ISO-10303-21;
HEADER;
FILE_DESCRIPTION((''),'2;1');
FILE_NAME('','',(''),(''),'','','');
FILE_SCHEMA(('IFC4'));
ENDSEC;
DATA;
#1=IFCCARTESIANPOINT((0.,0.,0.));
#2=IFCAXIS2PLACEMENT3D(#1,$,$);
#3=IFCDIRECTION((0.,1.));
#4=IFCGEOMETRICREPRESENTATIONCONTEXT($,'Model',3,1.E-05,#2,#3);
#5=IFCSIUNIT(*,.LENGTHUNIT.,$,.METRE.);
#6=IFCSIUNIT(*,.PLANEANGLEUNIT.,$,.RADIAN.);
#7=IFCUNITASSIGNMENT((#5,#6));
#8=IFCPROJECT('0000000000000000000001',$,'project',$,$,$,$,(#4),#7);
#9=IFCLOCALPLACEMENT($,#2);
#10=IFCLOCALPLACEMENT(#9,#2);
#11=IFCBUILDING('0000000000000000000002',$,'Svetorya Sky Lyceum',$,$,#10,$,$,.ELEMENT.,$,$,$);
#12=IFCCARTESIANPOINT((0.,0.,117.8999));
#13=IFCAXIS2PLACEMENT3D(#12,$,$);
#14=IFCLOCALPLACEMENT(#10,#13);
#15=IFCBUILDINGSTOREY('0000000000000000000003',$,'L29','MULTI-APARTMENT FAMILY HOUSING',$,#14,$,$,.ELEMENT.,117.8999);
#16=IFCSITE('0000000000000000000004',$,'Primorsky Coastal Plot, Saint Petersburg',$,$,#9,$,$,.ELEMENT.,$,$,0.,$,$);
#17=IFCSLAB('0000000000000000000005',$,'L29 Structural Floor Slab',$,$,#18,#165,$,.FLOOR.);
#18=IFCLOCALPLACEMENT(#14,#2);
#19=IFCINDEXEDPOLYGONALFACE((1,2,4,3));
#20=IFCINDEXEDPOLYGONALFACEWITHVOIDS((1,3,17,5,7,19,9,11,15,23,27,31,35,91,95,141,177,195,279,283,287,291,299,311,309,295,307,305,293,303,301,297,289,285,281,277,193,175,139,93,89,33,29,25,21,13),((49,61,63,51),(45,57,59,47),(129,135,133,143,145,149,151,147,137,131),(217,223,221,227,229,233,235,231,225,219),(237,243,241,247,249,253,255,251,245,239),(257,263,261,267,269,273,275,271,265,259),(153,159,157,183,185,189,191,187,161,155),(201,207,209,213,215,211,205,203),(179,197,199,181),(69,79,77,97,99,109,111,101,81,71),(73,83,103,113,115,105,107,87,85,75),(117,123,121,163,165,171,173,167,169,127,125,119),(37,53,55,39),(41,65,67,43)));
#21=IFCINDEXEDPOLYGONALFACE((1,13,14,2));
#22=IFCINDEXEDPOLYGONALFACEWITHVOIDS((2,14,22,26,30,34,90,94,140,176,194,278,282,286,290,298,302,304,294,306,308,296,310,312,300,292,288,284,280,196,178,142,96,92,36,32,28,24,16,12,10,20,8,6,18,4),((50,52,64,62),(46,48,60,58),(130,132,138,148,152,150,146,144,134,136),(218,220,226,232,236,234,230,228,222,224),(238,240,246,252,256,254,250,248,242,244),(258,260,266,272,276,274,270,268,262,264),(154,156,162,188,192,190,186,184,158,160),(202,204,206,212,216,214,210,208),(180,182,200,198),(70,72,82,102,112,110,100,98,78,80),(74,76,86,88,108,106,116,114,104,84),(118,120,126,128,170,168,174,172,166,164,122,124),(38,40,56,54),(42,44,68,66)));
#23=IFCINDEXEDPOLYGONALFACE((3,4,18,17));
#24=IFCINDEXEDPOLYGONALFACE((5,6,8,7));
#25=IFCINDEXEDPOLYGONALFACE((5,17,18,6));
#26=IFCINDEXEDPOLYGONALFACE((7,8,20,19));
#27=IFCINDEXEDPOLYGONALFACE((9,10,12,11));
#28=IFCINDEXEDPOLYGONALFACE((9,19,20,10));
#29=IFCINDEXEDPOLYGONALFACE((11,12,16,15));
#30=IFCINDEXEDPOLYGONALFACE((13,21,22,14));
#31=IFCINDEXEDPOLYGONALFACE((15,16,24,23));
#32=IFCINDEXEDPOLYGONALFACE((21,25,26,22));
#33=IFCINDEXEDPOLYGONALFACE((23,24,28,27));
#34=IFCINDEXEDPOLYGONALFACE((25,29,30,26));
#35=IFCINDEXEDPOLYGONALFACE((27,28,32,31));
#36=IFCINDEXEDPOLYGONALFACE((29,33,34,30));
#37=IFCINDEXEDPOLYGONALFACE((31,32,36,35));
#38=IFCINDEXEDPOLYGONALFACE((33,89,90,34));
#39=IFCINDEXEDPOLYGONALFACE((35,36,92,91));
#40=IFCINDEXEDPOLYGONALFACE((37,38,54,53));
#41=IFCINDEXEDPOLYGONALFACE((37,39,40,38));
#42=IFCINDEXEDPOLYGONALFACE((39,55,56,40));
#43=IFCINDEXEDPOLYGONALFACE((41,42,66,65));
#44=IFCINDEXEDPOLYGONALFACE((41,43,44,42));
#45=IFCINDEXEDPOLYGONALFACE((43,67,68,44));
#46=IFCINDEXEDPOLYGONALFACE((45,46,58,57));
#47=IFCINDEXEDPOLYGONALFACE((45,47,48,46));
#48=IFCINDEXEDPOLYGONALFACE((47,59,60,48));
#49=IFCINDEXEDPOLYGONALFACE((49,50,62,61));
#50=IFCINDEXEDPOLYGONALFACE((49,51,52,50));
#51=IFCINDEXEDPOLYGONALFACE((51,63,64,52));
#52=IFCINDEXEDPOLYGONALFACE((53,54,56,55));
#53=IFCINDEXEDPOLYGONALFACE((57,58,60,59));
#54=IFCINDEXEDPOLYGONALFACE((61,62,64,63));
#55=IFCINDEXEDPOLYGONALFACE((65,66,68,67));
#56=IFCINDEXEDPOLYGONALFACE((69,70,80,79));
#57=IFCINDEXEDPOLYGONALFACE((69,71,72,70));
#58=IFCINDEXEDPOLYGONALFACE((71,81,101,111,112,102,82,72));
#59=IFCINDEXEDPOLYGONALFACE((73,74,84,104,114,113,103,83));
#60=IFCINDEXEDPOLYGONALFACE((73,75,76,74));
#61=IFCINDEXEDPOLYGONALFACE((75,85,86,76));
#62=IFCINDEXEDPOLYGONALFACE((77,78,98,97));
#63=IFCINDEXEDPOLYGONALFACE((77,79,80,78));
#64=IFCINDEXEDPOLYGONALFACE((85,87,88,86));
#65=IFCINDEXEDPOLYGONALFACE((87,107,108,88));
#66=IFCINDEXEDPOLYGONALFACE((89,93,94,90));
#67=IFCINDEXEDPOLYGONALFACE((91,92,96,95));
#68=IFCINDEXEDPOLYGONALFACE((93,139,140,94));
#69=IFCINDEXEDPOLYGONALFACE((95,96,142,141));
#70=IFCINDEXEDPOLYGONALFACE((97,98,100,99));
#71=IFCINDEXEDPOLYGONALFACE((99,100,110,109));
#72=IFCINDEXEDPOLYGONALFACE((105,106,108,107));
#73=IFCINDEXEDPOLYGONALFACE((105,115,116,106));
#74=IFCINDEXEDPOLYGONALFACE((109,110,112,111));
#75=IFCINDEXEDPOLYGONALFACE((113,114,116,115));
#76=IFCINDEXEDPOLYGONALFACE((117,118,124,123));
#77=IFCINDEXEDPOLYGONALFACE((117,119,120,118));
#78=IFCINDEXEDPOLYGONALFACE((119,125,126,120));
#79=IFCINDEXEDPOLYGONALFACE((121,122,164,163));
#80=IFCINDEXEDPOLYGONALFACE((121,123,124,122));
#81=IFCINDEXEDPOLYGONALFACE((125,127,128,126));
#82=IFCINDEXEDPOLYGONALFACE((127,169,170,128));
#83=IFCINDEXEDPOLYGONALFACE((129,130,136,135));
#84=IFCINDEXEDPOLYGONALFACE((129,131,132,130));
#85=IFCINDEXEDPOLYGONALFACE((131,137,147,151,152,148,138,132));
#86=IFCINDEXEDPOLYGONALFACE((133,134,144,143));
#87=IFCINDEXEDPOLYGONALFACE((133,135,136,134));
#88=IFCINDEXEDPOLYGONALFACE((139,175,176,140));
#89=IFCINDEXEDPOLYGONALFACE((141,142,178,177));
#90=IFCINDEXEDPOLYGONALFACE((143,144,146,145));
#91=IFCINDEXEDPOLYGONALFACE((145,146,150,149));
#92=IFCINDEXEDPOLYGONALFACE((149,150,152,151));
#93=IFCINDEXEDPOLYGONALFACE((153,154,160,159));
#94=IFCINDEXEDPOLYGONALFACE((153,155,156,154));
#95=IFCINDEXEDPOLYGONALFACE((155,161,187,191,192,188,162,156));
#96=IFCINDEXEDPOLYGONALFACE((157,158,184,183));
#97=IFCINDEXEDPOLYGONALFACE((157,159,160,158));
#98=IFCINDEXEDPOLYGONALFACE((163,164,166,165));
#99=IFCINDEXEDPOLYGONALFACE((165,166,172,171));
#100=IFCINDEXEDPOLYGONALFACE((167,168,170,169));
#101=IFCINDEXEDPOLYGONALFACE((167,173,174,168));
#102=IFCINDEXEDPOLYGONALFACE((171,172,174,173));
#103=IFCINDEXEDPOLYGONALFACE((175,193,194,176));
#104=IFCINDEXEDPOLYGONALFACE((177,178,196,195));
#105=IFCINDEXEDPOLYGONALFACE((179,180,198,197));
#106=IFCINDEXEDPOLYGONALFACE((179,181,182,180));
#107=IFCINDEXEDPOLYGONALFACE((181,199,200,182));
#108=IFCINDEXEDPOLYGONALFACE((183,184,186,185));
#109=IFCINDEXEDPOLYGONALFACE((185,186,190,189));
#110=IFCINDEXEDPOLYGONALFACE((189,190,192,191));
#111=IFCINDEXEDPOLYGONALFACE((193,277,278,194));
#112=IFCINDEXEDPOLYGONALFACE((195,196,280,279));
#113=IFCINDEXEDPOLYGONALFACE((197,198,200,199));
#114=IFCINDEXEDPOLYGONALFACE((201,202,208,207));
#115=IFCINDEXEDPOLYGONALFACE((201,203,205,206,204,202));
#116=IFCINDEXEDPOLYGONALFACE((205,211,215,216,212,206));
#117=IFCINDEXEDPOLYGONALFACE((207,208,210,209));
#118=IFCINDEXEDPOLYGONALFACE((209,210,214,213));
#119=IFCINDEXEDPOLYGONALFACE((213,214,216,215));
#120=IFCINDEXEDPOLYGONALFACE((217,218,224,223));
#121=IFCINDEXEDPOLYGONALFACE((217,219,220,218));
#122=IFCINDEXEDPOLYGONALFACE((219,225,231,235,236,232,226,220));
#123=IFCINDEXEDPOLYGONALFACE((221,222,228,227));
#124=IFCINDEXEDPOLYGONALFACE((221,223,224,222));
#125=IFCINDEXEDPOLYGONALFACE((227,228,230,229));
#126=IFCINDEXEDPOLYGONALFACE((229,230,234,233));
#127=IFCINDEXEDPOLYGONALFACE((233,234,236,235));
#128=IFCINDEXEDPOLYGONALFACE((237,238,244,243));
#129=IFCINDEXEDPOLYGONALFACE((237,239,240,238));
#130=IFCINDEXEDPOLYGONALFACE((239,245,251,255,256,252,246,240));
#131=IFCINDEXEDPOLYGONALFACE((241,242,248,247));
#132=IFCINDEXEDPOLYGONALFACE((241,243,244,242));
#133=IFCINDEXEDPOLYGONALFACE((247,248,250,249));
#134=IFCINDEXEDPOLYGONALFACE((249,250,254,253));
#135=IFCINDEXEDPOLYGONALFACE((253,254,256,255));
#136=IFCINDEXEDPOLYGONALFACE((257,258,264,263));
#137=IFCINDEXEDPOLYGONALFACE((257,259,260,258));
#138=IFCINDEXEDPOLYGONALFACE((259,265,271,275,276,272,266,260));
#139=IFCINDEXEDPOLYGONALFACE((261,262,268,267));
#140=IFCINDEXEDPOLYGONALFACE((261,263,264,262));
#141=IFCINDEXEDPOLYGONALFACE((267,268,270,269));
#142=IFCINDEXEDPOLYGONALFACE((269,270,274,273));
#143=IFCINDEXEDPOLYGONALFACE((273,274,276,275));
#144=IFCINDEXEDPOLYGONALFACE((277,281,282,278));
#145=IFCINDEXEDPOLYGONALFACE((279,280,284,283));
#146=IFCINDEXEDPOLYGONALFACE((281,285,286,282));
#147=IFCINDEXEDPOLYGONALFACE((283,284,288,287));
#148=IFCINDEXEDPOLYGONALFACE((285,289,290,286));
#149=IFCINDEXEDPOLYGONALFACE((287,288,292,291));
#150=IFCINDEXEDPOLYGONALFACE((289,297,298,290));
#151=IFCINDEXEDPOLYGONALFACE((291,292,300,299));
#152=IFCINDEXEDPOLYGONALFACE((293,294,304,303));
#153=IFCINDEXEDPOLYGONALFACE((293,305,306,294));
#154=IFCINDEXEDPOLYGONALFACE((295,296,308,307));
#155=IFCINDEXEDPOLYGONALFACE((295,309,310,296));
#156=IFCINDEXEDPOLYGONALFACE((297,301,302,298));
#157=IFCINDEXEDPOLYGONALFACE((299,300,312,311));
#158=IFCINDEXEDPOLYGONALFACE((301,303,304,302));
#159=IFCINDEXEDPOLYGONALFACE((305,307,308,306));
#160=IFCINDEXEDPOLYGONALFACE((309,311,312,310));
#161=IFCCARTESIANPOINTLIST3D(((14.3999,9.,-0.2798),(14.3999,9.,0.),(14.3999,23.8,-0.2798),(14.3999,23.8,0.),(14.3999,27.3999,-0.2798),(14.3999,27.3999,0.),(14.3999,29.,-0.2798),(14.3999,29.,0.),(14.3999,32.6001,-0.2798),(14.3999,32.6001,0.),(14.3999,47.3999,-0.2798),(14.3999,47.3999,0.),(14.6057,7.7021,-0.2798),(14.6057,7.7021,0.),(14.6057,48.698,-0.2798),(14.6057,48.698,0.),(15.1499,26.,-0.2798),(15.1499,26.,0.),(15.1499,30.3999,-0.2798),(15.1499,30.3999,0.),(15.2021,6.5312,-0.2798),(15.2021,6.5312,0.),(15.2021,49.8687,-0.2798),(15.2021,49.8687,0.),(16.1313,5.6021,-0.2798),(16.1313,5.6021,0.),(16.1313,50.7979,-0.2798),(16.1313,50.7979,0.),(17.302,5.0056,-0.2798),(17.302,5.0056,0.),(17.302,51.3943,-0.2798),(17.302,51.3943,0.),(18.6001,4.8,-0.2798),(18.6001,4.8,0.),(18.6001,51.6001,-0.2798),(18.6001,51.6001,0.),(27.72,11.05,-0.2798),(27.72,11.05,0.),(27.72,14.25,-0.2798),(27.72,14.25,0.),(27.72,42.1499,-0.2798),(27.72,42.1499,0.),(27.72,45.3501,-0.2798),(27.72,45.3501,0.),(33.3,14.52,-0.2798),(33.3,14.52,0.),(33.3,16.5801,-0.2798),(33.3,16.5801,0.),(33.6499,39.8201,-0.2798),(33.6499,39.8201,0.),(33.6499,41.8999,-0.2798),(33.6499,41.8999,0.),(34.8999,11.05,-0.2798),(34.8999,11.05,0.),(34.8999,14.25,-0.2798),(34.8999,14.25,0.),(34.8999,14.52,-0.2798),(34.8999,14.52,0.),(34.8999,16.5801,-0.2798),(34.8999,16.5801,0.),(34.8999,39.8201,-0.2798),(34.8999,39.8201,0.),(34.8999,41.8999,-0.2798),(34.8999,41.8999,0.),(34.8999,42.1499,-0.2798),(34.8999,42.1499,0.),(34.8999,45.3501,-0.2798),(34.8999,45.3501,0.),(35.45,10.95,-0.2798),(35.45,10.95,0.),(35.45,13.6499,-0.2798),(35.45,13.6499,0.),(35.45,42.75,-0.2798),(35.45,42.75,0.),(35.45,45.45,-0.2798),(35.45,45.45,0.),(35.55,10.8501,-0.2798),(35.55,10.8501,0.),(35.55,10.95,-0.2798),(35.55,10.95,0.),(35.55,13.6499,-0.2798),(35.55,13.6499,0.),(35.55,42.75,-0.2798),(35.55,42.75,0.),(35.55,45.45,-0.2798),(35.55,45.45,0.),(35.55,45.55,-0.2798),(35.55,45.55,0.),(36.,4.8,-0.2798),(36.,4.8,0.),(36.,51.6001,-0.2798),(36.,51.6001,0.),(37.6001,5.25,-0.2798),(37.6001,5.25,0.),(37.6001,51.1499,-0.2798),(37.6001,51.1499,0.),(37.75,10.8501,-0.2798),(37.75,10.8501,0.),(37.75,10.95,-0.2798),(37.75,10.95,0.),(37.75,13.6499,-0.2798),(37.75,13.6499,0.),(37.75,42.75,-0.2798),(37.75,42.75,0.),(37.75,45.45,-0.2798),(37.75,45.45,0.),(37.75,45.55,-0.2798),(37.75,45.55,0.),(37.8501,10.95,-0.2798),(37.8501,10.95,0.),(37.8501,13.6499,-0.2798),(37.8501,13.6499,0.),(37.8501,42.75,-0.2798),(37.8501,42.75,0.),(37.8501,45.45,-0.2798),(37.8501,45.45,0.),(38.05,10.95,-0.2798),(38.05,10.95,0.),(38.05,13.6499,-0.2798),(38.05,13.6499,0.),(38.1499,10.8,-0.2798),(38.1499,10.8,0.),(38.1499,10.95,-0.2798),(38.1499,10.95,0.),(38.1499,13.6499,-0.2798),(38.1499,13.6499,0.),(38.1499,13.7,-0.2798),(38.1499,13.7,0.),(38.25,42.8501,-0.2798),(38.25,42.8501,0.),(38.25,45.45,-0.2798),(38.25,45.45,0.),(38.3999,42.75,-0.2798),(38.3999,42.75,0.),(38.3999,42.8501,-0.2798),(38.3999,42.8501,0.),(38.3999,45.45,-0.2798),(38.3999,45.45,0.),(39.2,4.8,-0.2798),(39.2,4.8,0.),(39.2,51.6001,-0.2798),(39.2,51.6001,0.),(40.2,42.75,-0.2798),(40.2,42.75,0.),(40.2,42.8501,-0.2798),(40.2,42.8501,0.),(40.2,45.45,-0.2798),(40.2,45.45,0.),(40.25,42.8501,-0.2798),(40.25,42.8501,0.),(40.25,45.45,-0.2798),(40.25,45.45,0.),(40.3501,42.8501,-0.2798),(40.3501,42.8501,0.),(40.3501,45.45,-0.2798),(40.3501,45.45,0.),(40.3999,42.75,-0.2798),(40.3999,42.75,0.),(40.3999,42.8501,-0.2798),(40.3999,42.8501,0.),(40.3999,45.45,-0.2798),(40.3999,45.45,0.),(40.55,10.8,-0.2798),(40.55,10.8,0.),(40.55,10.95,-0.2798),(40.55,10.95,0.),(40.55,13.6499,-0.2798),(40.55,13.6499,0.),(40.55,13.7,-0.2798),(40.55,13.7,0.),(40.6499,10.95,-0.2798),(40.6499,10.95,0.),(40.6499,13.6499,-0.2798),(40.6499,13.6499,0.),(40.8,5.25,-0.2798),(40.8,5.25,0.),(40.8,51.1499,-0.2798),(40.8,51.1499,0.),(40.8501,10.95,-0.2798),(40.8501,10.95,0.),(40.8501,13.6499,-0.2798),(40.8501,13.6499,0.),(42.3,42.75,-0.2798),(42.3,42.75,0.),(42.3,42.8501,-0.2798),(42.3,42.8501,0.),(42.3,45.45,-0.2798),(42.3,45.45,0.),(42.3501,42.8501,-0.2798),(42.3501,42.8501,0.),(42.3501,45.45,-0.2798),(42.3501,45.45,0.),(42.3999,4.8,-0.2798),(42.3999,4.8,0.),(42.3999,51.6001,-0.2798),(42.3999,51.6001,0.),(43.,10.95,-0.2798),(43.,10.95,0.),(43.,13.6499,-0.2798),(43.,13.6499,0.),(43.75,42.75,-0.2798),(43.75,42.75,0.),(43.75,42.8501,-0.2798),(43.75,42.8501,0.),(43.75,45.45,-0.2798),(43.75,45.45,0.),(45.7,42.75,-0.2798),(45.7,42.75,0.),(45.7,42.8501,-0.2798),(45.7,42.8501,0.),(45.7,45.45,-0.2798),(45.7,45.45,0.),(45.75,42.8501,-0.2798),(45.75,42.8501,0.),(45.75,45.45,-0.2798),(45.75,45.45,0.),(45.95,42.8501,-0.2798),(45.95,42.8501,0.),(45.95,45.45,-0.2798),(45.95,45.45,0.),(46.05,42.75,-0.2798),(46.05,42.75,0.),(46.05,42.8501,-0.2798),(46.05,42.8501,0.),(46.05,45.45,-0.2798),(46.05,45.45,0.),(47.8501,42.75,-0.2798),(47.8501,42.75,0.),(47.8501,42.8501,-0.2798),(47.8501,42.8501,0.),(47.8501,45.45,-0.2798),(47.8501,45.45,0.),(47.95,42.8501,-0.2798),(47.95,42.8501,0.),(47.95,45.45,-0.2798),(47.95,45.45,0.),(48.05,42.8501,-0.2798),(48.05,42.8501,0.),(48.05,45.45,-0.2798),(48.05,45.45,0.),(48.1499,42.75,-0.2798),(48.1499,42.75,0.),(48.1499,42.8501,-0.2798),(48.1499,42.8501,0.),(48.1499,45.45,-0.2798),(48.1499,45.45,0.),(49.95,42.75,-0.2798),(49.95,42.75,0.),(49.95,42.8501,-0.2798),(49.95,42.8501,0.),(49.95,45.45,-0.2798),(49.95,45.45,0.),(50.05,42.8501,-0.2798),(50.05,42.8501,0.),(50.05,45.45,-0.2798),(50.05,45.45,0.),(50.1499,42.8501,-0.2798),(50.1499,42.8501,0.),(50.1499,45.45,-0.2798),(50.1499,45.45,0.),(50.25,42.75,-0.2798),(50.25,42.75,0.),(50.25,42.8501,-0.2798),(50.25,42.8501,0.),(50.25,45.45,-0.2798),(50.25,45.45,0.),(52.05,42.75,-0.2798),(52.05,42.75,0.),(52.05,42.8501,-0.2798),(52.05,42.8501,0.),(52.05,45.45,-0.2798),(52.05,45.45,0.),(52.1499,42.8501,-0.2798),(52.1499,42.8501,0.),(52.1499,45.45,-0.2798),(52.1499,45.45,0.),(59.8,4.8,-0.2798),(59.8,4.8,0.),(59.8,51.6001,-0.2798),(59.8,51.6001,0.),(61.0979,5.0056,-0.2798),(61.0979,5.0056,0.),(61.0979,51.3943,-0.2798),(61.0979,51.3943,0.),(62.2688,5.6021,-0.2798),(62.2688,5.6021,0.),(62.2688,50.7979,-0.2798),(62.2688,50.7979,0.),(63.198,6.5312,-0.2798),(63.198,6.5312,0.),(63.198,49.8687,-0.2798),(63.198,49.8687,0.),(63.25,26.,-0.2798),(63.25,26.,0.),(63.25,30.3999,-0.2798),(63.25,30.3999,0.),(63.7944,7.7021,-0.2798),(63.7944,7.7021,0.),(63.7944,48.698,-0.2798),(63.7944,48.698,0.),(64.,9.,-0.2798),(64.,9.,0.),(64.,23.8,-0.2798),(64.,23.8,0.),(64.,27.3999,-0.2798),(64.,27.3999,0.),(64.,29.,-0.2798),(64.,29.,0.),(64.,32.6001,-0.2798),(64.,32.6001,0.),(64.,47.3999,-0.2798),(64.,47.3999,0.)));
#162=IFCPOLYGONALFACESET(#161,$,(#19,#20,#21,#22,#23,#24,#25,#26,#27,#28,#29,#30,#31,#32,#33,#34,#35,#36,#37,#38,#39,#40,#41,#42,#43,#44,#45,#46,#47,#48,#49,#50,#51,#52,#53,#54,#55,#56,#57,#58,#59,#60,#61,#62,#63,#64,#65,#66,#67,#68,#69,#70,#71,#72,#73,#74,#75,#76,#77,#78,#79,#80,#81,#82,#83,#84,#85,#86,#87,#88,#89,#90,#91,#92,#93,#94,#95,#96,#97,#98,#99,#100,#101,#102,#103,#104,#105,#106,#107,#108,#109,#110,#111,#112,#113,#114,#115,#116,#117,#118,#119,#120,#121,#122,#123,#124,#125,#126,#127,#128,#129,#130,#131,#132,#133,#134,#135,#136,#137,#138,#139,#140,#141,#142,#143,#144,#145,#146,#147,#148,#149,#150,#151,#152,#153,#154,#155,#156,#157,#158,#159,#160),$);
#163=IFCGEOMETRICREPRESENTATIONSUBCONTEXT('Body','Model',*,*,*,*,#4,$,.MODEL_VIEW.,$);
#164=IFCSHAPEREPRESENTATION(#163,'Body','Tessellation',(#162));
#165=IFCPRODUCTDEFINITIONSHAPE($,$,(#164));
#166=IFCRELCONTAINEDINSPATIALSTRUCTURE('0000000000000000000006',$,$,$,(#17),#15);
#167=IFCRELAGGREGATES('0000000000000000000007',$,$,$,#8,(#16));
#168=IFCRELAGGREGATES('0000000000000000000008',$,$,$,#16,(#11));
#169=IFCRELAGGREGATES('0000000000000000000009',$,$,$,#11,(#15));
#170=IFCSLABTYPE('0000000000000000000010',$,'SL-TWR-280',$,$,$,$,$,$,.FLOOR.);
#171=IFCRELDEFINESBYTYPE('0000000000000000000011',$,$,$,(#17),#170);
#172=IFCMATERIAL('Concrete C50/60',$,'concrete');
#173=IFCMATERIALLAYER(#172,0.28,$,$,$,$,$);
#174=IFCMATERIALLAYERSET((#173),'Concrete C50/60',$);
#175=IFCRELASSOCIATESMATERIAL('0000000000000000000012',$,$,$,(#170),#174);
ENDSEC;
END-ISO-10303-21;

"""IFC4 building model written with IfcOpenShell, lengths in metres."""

from ifc_helpers import new_model, si_unit, direction, frame, origin, place, context, subcontext, project, spatial, polyline, outline, extrude, material, layer, layer_set, type_object, element, save


model = new_model("IFC4")

# Units and contexts
model_context = context("Model", 3, precision=1e-05, world=origin(), true_north=direction((0.0, 1.0)))
body_context = subcontext(model_context, "Body", "Model", "MODEL_VIEW")
ifc_project = project(units=[si_unit("LENGTHUNIT", "METRE"), si_unit("PLANEANGLEUNIT", "RADIAN")], contexts=[model_context])

# Site, building, storey
site_placement = place(None, origin())
site = spatial("IfcSite", under=ifc_project, at=site_placement, Name="Primorsky Coastal Plot, Saint Petersburg", CompositionType="ELEMENT", RefElevation=0.0)
building_placement = place(site_placement, origin())
building = spatial("IfcBuilding", under=site, at=building_placement, Name="Svetorya Sky Lyceum", CompositionType="ELEMENT")
storey_placement = place(building_placement, frame((0.0, 0.0, 117.8999)))
storey = spatial("IfcBuildingStorey", under=building, at=storey_placement, Name="L29", Description="MULTI-APARTMENT FAMILY HOUSING", CompositionType="ELEMENT", Elevation=117.8999)

# Shared definitions
ifc_material_1 = material(Name="Concrete C50/60", Category="concrete")

# Slab
ifc_layer_1 = layer(ifc_material_1, 0.28)
ifc_layer_set_1 = layer_set([ifc_layer_1], Name="Concrete C50/60")
slab_type_1 = type_object("IfcSlabType", Name="SL-TWR-280", PredefinedType="FLOOR", material=ifc_layer_set_1)
slab_1_placement = place(storey_placement, frame((0.0, 0.0, -0.2798)))
element("IfcSlab", 1, at=slab_1_placement, inside=storey, type_object=slab_type_1, Name="L29 Structural Floor Slab", PredefinedType="FLOOR", context=body_context, shape_type="SweptSolid", body=[
    extrude(outline(polyline([(14.3999, 9.0), (14.6057, 7.7021), (15.2021, 6.5312), (16.1313, 5.6021), (17.302, 5.0056), (18.6001, 4.8), (36.0, 4.8), (37.6001, 5.25), (39.2, 4.8), (40.8, 5.25), (42.3999, 4.8), (59.8, 4.8), (61.0979, 5.0056), (62.2688, 5.6021), (63.198, 6.5312), (63.7944, 7.7021), (64.0, 9.0), (64.0, 23.8), (63.25, 26.0), (64.0, 27.3999), (64.0, 29.0), (63.25, 30.3999), (64.0, 32.6001), (64.0, 47.3999), (63.7944, 48.698), (63.198, 49.8687), (62.2688, 50.7979), (61.0979, 51.3943), (59.8, 51.6001), (42.3999, 51.6001), (40.8, 51.1499), (39.2, 51.6001), (37.6001, 51.1499), (36.0, 51.6001), (18.6001, 51.6001), (17.302, 51.3943), (16.1313, 50.7979), (15.2021, 49.8687), (14.6057, 48.698), (14.3999, 47.3999), (14.3999, 32.6001), (15.1499, 30.3999), (14.3999, 29.0), (14.3999, 27.3999), (15.1499, 26.0), (14.3999, 23.8), (14.3999, 9.0)]), holes=[polyline([(37.8501, 10.95), (37.75, 10.95), (37.75, 10.8501), (35.55, 10.8501), (35.55, 10.95), (35.45, 10.95), (35.45, 13.6499), (35.55, 13.6499), (37.75, 13.6499), (37.8501, 13.6499), (37.8501, 10.95)]), polyline([(40.6499, 13.6499), (40.6499, 10.95), (40.55, 10.95), (40.55, 10.8), (38.1499, 10.8), (38.1499, 10.95), (38.05, 10.95), (38.05, 13.6499), (38.1499, 13.6499), (38.1499, 13.7), (40.55, 13.7), (40.55, 13.6499), (40.6499, 13.6499)]), polyline([(27.72, 14.25), (34.8999, 14.25), (34.8999, 11.05), (27.72, 11.05), (27.72, 14.25)]), polyline([(33.3, 14.52), (33.3, 16.5801), (34.8999, 16.5801), (34.8999, 14.52), (33.3, 14.52)]), polyline([(33.6499, 41.8999), (34.8999, 41.8999), (34.8999, 39.8201), (33.6499, 39.8201), (33.6499, 41.8999)]), polyline([(27.72, 45.3501), (34.8999, 45.3501), (34.8999, 42.1499), (27.72, 42.1499), (27.72, 45.3501)]), polyline([(37.75, 45.55), (37.75, 45.45), (37.8501, 45.45), (37.8501, 42.75), (37.75, 42.75), (35.55, 42.75), (35.45, 42.75), (35.45, 45.45), (35.55, 45.45), (35.55, 45.55), (37.75, 45.55)]), polyline([(38.3999, 42.8501), (38.25, 42.8501), (38.25, 45.45), (38.3999, 45.45), (40.2, 45.45), (40.25, 45.45), (40.25, 42.8501), (40.2, 42.8501), (40.2, 42.75), (38.3999, 42.75), (38.3999, 42.8501)]), polyline([(40.8501, 13.6499), (43.0, 13.6499), (43.0, 10.95), (40.8501, 10.95), (40.8501, 13.6499)]), polyline([(40.3999, 42.8501), (40.3501, 42.8501), (40.3501, 45.45), (40.3999, 45.45), (42.3, 45.45), (42.3501, 45.45), (42.3501, 42.8501), (42.3, 42.8501), (42.3, 42.75), (40.3999, 42.75), (40.3999, 42.8501)]), polyline([(43.75, 42.75), (43.75, 42.8501), (43.75, 45.45), (45.7, 45.45), (45.75, 45.45), (45.75, 42.8501), (45.7, 42.8501), (45.7, 42.75), (43.75, 42.75)]), polyline([(46.05, 42.8501), (45.95, 42.8501), (45.95, 45.45), (46.05, 45.45), (47.8501, 45.45), (47.95, 45.45), (47.95, 42.8501), (47.8501, 42.8501), (47.8501, 42.75), (46.05, 42.75), (46.05, 42.8501)]), polyline([(48.1499, 42.8501), (48.05, 42.8501), (48.05, 45.45), (48.1499, 45.45), (49.95, 45.45), (50.05, 45.45), (50.05, 42.8501), (49.95, 42.8501), (49.95, 42.75), (48.1499, 42.75), (48.1499, 42.8501)]), polyline([(52.1499, 42.8501), (52.05, 42.8501), (52.05, 42.75), (50.25, 42.75), (50.25, 42.8501), (50.1499, 42.8501), (50.1499, 45.45), (50.25, 45.45), (52.05, 45.45), (52.1499, 45.45), (52.1499, 42.8501)])]), origin(), (0.0, 0.0, 1.0), 0.2798),
])

save(model, "model.ifc")
